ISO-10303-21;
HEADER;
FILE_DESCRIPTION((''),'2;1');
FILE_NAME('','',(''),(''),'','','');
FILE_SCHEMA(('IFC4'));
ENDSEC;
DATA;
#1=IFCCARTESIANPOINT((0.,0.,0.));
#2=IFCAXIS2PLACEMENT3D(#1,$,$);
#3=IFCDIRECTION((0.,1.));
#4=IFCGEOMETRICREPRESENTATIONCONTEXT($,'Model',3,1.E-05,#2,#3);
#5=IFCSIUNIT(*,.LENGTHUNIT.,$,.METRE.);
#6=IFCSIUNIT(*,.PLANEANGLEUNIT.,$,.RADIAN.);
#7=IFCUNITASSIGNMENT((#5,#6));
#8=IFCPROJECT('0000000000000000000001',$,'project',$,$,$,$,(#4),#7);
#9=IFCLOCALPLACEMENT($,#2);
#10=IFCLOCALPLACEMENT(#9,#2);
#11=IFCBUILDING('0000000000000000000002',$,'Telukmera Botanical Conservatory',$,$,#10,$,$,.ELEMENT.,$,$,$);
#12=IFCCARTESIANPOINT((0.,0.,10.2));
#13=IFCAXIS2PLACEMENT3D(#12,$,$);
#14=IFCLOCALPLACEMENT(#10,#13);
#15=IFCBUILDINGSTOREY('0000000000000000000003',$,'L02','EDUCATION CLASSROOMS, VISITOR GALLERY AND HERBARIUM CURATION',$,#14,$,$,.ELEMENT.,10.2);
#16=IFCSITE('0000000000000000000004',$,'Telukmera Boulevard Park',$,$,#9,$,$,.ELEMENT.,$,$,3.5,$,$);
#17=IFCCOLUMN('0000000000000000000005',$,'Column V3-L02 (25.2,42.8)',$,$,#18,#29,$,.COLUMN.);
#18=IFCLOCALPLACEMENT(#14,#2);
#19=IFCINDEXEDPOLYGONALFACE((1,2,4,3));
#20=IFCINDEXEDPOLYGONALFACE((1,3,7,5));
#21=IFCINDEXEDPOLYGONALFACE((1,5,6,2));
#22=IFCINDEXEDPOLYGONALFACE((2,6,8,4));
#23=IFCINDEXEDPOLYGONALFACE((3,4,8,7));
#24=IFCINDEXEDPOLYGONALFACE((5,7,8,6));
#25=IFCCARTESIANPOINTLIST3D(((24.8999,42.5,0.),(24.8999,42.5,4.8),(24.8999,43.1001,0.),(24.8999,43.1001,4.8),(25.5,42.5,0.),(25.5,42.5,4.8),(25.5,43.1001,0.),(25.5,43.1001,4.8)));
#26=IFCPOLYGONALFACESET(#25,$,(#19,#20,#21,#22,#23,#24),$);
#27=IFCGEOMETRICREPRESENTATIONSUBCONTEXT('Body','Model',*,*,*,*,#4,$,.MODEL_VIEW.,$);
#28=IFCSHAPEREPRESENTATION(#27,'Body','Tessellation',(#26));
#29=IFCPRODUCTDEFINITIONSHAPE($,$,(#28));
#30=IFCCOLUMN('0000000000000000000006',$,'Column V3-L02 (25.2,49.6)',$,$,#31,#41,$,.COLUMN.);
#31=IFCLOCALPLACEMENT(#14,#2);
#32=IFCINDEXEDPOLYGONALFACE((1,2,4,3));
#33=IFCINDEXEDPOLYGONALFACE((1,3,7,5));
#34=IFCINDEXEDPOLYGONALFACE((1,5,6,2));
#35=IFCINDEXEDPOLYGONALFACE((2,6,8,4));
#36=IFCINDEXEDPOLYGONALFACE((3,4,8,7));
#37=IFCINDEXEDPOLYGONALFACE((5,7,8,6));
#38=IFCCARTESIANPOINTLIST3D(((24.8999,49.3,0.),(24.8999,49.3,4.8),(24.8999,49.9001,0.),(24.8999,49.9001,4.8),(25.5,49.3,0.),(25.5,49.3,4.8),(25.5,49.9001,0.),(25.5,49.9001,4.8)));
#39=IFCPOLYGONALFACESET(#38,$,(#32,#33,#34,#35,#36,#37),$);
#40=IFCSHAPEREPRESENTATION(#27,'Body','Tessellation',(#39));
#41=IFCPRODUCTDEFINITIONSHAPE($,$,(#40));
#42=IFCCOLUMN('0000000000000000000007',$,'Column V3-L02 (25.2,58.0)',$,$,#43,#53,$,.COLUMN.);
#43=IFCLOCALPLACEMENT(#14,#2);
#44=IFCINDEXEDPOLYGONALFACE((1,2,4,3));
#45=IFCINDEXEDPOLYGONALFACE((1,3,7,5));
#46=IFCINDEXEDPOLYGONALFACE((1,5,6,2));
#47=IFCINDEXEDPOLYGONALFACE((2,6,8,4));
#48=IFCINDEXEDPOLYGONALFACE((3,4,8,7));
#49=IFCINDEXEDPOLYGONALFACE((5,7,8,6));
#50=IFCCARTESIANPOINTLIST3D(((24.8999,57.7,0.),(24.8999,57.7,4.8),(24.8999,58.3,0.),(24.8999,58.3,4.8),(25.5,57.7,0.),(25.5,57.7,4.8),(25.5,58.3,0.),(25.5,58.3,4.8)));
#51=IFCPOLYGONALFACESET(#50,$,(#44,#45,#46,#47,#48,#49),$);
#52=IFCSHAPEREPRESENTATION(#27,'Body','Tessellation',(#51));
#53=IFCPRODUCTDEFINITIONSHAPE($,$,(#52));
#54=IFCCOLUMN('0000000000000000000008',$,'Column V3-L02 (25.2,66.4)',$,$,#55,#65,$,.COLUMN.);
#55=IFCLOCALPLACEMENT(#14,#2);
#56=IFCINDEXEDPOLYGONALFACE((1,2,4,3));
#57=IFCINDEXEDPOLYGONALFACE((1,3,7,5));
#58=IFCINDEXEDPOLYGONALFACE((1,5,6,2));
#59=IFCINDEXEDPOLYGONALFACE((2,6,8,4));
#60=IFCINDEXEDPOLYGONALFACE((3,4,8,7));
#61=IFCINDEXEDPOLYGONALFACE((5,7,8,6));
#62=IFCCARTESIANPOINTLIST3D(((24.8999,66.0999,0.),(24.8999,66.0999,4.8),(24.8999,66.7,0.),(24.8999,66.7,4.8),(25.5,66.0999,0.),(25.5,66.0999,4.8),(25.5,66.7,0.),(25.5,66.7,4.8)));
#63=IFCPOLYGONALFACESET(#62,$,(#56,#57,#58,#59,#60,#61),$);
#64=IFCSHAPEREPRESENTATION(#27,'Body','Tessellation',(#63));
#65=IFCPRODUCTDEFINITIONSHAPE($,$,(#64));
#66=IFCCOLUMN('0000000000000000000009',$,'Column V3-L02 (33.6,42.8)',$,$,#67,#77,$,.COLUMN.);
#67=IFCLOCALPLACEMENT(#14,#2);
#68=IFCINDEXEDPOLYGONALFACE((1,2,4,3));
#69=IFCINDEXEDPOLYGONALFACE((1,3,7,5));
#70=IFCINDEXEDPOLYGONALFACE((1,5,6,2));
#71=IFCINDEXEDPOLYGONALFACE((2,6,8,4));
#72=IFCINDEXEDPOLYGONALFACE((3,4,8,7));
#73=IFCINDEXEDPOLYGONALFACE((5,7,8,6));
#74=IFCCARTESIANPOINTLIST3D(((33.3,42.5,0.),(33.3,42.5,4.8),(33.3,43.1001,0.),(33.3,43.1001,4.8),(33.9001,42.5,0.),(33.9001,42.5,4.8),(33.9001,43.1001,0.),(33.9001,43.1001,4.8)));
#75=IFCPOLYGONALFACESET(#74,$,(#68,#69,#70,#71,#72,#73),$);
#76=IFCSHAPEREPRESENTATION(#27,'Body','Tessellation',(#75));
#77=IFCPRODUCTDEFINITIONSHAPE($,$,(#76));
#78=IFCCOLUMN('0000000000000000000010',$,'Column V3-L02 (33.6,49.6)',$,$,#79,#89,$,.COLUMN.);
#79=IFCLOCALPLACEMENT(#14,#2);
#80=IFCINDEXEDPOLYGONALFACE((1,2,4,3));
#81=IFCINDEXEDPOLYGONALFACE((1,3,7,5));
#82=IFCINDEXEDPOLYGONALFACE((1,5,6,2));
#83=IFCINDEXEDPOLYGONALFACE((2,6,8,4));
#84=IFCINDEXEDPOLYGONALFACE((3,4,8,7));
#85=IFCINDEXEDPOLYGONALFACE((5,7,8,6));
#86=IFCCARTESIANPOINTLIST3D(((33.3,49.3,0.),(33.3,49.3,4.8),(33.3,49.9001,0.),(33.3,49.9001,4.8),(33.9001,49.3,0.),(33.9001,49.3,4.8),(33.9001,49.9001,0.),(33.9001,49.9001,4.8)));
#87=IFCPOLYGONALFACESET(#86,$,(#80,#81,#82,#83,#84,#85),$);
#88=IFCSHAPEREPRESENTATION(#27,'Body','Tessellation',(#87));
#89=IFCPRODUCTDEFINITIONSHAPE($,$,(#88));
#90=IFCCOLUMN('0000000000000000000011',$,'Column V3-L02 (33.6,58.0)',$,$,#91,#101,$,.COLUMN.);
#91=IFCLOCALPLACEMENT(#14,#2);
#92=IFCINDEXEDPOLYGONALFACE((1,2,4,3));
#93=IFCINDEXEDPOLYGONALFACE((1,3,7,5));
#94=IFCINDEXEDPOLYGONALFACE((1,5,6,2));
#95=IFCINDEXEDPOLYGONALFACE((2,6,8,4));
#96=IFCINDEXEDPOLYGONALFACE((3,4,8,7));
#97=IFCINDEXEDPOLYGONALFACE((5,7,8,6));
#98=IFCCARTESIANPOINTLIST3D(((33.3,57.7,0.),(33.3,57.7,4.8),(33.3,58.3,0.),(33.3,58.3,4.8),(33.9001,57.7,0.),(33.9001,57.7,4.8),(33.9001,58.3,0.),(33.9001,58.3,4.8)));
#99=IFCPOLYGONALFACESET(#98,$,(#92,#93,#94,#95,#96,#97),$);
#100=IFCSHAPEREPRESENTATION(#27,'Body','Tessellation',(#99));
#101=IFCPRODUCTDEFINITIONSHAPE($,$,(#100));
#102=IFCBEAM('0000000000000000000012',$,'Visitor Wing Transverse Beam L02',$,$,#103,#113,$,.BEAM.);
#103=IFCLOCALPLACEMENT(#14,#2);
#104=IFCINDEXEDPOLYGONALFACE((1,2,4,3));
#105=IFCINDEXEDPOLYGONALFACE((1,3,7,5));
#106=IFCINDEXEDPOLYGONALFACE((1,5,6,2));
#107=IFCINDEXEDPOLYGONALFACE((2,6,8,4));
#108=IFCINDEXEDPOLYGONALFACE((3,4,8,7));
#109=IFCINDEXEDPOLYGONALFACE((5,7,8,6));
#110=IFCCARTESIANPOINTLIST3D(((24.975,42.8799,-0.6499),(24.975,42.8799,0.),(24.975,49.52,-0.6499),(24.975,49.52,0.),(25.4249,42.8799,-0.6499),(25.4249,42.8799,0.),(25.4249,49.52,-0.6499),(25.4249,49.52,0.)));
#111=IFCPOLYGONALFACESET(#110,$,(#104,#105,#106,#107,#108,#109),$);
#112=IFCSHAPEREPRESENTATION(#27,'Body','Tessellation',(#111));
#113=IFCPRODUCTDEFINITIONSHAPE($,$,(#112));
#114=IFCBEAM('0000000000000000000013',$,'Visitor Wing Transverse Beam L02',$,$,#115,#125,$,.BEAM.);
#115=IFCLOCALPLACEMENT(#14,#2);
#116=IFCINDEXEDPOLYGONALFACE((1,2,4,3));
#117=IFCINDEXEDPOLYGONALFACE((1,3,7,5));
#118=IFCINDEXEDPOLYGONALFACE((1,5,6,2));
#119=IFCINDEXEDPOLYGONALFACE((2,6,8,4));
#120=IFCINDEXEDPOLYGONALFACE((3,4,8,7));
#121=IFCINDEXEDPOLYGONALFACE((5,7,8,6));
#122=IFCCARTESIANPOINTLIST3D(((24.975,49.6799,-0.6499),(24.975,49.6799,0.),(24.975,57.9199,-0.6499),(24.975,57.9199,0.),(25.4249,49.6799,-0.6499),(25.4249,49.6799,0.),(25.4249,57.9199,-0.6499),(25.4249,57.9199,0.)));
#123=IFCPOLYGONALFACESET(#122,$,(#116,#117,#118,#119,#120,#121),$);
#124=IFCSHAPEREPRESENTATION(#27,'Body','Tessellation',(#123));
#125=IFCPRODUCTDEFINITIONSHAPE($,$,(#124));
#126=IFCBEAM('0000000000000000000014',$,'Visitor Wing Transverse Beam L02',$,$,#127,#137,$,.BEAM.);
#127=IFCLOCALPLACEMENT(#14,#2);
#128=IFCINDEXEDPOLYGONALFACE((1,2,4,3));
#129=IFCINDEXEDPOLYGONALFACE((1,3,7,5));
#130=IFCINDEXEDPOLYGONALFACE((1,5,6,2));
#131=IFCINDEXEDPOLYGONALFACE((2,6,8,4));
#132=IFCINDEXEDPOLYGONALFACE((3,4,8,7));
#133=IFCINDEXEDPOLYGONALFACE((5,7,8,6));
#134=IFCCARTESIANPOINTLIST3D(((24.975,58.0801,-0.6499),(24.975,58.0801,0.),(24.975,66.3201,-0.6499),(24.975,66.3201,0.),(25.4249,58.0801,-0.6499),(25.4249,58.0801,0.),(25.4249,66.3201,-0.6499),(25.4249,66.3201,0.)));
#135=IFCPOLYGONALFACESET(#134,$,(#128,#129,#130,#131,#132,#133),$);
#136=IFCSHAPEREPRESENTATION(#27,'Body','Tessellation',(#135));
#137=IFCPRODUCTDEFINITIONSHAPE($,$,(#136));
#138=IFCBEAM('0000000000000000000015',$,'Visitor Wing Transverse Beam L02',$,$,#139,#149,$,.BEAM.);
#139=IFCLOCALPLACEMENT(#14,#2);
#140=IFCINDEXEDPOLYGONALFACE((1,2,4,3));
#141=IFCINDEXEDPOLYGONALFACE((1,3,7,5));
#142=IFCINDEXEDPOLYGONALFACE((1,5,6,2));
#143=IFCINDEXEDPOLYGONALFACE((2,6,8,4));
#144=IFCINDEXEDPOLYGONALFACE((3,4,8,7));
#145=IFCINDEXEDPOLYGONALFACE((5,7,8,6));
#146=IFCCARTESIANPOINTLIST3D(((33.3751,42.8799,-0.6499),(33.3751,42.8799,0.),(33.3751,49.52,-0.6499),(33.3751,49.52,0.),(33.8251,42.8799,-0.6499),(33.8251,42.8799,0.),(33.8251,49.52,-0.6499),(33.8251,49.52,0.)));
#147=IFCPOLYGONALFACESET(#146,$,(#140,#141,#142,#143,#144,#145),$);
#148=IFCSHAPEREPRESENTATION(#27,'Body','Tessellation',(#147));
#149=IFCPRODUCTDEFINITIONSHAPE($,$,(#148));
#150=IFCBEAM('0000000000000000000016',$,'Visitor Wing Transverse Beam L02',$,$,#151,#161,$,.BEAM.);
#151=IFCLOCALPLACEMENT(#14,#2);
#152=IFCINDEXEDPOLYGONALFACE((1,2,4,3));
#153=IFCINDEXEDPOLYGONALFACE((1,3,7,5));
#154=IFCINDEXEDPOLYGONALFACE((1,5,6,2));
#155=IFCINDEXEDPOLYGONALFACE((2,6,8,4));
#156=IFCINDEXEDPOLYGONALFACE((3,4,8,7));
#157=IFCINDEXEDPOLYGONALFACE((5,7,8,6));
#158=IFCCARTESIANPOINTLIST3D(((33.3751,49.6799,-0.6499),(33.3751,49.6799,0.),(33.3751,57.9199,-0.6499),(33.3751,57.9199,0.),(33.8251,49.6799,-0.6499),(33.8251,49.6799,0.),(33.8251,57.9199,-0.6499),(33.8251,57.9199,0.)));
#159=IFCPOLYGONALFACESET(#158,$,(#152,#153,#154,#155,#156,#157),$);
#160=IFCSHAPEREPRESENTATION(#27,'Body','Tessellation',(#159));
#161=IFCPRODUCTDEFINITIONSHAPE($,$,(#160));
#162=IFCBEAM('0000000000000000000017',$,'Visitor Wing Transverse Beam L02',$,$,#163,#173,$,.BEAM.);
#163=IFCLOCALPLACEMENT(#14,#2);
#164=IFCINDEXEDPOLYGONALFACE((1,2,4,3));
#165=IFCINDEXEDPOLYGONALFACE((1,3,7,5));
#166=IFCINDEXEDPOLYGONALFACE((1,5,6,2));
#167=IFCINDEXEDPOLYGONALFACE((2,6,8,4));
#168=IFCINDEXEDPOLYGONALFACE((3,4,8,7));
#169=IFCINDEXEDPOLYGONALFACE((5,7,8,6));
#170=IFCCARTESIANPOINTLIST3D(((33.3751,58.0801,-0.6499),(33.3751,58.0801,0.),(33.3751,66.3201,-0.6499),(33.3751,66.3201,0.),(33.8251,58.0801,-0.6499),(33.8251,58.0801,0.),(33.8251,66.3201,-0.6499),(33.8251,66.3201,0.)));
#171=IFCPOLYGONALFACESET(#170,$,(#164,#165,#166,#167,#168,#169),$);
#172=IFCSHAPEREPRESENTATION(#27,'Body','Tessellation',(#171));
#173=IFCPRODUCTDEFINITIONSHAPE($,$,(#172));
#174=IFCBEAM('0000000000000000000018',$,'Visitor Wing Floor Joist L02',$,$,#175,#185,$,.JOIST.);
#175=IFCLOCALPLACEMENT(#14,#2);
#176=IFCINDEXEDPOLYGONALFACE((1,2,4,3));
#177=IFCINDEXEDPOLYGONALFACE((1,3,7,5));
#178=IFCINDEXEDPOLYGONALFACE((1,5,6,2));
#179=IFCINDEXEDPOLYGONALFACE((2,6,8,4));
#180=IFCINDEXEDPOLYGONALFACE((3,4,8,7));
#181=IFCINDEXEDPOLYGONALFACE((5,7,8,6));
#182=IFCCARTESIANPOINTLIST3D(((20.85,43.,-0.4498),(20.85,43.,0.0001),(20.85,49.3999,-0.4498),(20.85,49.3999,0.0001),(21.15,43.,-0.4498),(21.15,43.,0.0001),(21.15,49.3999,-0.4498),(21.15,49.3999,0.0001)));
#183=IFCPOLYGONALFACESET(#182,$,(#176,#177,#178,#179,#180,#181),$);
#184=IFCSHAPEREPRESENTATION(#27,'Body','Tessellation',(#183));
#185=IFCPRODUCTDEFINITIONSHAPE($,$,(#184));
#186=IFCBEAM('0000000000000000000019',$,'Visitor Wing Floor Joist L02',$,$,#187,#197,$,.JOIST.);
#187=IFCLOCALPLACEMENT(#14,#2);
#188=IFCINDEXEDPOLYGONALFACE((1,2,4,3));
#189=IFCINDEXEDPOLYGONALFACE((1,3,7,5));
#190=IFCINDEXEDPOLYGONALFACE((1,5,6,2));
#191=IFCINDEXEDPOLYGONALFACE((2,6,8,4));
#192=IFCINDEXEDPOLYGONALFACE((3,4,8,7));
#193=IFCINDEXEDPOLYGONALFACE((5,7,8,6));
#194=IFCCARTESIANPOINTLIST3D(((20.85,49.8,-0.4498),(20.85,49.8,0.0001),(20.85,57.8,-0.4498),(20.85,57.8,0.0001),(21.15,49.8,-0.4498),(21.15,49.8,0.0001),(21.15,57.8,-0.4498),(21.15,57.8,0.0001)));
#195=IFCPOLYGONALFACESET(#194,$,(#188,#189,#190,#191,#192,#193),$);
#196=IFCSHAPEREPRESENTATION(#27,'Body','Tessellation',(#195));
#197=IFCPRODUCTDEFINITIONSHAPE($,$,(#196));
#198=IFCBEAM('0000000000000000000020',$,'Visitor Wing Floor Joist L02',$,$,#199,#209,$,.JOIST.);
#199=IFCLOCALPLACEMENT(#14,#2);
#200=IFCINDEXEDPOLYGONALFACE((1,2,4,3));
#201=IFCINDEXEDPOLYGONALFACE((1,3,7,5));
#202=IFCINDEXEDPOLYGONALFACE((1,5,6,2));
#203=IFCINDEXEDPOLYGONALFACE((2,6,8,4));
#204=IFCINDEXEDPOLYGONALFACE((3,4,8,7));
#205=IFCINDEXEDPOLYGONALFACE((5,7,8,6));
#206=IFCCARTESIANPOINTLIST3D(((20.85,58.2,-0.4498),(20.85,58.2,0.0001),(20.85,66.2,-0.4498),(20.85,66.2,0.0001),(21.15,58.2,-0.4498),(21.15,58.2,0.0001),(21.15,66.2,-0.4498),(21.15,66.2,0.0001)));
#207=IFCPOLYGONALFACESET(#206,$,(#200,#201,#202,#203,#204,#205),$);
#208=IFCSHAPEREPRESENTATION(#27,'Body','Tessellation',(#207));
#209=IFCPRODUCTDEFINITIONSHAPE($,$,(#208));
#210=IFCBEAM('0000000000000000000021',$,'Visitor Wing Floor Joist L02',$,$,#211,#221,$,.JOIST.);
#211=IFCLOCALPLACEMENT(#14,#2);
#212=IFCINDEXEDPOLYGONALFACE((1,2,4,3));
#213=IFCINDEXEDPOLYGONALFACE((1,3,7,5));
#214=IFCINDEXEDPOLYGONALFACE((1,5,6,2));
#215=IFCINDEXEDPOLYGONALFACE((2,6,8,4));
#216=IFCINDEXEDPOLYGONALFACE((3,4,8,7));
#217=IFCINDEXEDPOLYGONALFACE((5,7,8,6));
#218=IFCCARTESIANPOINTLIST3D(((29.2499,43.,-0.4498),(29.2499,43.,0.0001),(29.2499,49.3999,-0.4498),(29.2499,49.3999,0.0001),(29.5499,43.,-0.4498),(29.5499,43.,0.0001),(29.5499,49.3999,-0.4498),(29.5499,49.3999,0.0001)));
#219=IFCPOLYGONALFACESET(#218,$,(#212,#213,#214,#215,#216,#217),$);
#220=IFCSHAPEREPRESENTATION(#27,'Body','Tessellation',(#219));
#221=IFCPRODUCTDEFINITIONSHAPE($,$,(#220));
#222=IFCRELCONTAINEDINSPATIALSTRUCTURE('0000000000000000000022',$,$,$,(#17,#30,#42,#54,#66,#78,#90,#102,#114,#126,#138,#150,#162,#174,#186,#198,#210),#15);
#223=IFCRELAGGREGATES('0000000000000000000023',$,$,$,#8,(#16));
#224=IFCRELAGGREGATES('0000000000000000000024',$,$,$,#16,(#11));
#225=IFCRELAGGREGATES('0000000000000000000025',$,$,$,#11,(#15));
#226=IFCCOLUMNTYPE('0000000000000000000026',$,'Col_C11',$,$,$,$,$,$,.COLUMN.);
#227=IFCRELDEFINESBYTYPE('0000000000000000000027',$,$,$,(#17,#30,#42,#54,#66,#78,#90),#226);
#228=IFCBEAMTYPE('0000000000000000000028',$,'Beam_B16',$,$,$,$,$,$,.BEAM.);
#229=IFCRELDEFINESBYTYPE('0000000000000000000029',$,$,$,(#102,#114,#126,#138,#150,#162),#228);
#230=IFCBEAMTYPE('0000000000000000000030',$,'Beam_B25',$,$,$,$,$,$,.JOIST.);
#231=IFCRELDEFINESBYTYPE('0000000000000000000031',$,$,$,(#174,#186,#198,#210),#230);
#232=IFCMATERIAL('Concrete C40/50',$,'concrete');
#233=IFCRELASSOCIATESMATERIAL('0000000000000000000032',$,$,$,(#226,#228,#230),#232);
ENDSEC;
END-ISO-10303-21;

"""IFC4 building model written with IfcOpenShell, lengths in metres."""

from ifc_helpers import new_model, si_unit, direction, frame, origin, origin_2d, place, context, subcontext, project, spatial, rectangle, extrude, material, material_profile, profile_set, type_object, element, save


model = new_model("IFC4")

# Units and contexts
model_context = context("Model", 3, precision=1e-05, world=origin(), true_north=direction((0.0, 1.0)))
body_context = subcontext(model_context, "Body", "Model", "MODEL_VIEW")
ifc_project = project(units=[si_unit("LENGTHUNIT", "METRE"), si_unit("PLANEANGLEUNIT", "RADIAN")], contexts=[model_context])

# Site, building, storey
site_placement = place(None, origin())
site = spatial("IfcSite", under=ifc_project, at=site_placement, Name="Telukmera Boulevard Park", CompositionType="ELEMENT", RefElevation=3.5)
building_placement = place(site_placement, origin())
building = spatial("IfcBuilding", under=site, at=building_placement, Name="Telukmera Botanical Conservatory", CompositionType="ELEMENT")
storey_placement = place(building_placement, frame((0.0, 0.0, 10.2)))
storey = spatial("IfcBuildingStorey", under=building, at=storey_placement, Name="L02", Description="EDUCATION CLASSROOMS, VISITOR GALLERY AND HERBARIUM CURATION", CompositionType="ELEMENT", Elevation=10.2)

# Columns
ifc_material_1 = material(Name="Concrete C40/50", Category="concrete")
ifc_material_profile_1 = material_profile(ifc_material_1, rectangle(XDim=0.6001, YDim=0.6001, at=origin_2d()), Name="RC 600x600")
ifc_profile_set_1 = profile_set([ifc_material_profile_1], Name="Concrete C40/50")
column_type = type_object("IfcColumnType", Name="Col_C11", PredefinedType="COLUMN", material=ifc_profile_set_1)
for number, where, z_axis, x_axis, name in (
    (1, (25.2, 42.8, 0.0), (0.0, 0.0, 1.0), (1.0, 0.0, 0.0), "Column V3-L02 (25.2,42.8)"),
    (2, (25.2, 49.6001, 0.0), (0.0, 0.0, 1.0), (1.0, 0.0, 0.0), "Column V3-L02 (25.2,49.6)"),
    (3, (25.2, 58.0, 0.0), (0.0, 0.0, 1.0), (1.0, 0.0, 0.0), "Column V3-L02 (25.2,58.0)"),
    (4, (25.2, 66.3999, 0.0), (0.0, 0.0, 1.0), (1.0, 0.0, 0.0), "Column V3-L02 (25.2,66.4)"),
    (5, (33.6001, 42.8, 0.0), (0.0, 0.0, 1.0), (1.0, 0.0, 0.0), "Column V3-L02 (33.6,42.8)"),
    (6, (33.6001, 49.6001, 0.0), (0.0, 0.0, 1.0), (1.0, 0.0, 0.0), "Column V3-L02 (33.6,49.6)"),
    (7, (33.6001, 58.0, 0.0), (0.0, 0.0, 1.0), (1.0, 0.0, 0.0), "Column V3-L02 (33.6,58.0)"),
):
    element("IfcColumn", number, at=place(storey_placement, frame(where, z_axis=z_axis, x_axis=x_axis)), inside=storey, type_object=column_type, Name=name, PredefinedType="COLUMN", context=body_context, shape_type="SweptSolid", body=[
        extrude(rectangle(XDim=0.6001, YDim=0.6001, at=origin_2d()), origin(), (0.0, 0.0, 1.0), 4.8),
    ])

# Beams
ifc_material_profile_2 = material_profile(ifc_material_1, rectangle(XDim=0.45, YDim=0.6499, at=origin_2d()), Name="RC 450x650")
ifc_profile_set_2 = profile_set([ifc_material_profile_2], Name="Concrete C40/50")
beam_type_1 = type_object("IfcBeamType", Name="Beam_B16", PredefinedType="BEAM", material=ifc_profile_set_2)
beam_1_placement = place(storey_placement, frame((25.2, 42.8799, -0.325), z_axis=(0.0, 1.0, 0.0), x_axis=(-1.0, 0.0, 0.0)))
element("IfcBeam", 8, at=beam_1_placement, inside=storey, type_object=beam_type_1, Name="Visitor Wing Transverse Beam L02", PredefinedType="BEAM", context=body_context, shape_type="SweptSolid", body=[
    extrude(rectangle(XDim=0.45, YDim=0.6499, at=origin_2d()), origin(), (0.0, 0.0, 1.0), 6.6401),
])
for number, where, z_axis, x_axis, name in (
    (9, (25.2, 49.6799, -0.325), (0.0, 1.0, 0.0), (-1.0, 0.0, 0.0), "Visitor Wing Transverse Beam L02"),
    (10, (25.2, 58.0801, -0.325), (0.0, 1.0, 0.0), (-1.0, 0.0, 0.0), "Visitor Wing Transverse Beam L02"),
):
    element("IfcBeam", number, at=place(storey_placement, frame(where, z_axis=z_axis, x_axis=x_axis)), inside=storey, type_object=beam_type_1, Name=name, PredefinedType="BEAM", context=body_context, shape_type="SweptSolid", body=[
        extrude(rectangle(XDim=0.45, YDim=0.6499, at=origin_2d()), origin(), (0.0, 0.0, 1.0), 8.24),
    ])
beam_2_placement = place(storey_placement, frame((33.6001, 42.8799, -0.325), z_axis=(0.0, 1.0, 0.0), x_axis=(-1.0, 0.0, 0.0)))
element("IfcBeam", 11, at=beam_2_placement, inside=storey, type_object=beam_type_1, Name="Visitor Wing Transverse Beam L02", PredefinedType="BEAM", context=body_context, shape_type="SweptSolid", body=[
    extrude(rectangle(XDim=0.45, YDim=0.6499, at=origin_2d()), origin(), (0.0, 0.0, 1.0), 6.6401),
])
for number, where, z_axis, x_axis, name in (
    (12, (33.6001, 49.6799, -0.325), (0.0, 1.0, 0.0), (-1.0, 0.0, 0.0), "Visitor Wing Transverse Beam L02"),
    (13, (33.6001, 58.0801, -0.325), (0.0, 1.0, 0.0), (-1.0, 0.0, 0.0), "Visitor Wing Transverse Beam L02"),
):
    element("IfcBeam", number, at=place(storey_placement, frame(where, z_axis=z_axis, x_axis=x_axis)), inside=storey, type_object=beam_type_1, Name=name, PredefinedType="BEAM", context=body_context, shape_type="SweptSolid", body=[
        extrude(rectangle(XDim=0.45, YDim=0.6499, at=origin_2d()), origin(), (0.0, 0.0, 1.0), 8.24),
    ])
ifc_material_profile_3 = material_profile(ifc_material_1, rectangle(XDim=0.3, YDim=0.45, at=origin_2d()), Name="RC 300x450")
ifc_profile_set_3 = profile_set([ifc_material_profile_3], Name="Concrete C40/50")
beam_type_2 = type_object("IfcBeamType", Name="Beam_B25", PredefinedType="JOIST", material=ifc_profile_set_3)
beam_3_placement = place(storey_placement, frame((21.0, 43.0, -0.2249), z_axis=(0.0, 1.0, 0.0), x_axis=(-1.0, 0.0, 0.0)))
element("IfcBeam", 14, at=beam_3_placement, inside=storey, type_object=beam_type_2, Name="Visitor Wing Floor Joist L02", PredefinedType="JOIST", context=body_context, shape_type="SweptSolid", body=[
    extrude(rectangle(XDim=0.3, YDim=0.45, at=origin_2d()), origin(), (0.0, 0.0, 1.0), 6.3999),
])
for number, where, z_axis, x_axis, name in (
    (15, (21.0, 49.8, -0.2249), (0.0, 1.0, 0.0), (-1.0, 0.0, 0.0), "Visitor Wing Floor Joist L02"),
    (16, (21.0, 58.2, -0.2249), (0.0, 1.0, 0.0), (-1.0, 0.0, 0.0), "Visitor Wing Floor Joist L02"),
):
    element("IfcBeam", number, at=place(storey_placement, frame(where, z_axis=z_axis, x_axis=x_axis)), inside=storey, type_object=beam_type_2, Name=name, PredefinedType="JOIST", context=body_context, shape_type="SweptSolid", body=[
        extrude(rectangle(XDim=0.3, YDim=0.45, at=origin_2d()), origin(), (0.0, 0.0, 1.0), 8.0),
    ])
beam_4_placement = place(storey_placement, frame((29.3999, 43.0, -0.2249), z_axis=(0.0, 1.0, 0.0), x_axis=(-1.0, 0.0, 0.0)))
element("IfcBeam", 17, at=beam_4_placement, inside=storey, type_object=beam_type_2, Name="Visitor Wing Floor Joist L02", PredefinedType="JOIST", context=body_context, shape_type="SweptSolid", body=[
    extrude(rectangle(XDim=0.3, YDim=0.45, at=origin_2d()), origin(), (0.0, 0.0, 1.0), 6.3999),
])

save(model, "model.ifc")
